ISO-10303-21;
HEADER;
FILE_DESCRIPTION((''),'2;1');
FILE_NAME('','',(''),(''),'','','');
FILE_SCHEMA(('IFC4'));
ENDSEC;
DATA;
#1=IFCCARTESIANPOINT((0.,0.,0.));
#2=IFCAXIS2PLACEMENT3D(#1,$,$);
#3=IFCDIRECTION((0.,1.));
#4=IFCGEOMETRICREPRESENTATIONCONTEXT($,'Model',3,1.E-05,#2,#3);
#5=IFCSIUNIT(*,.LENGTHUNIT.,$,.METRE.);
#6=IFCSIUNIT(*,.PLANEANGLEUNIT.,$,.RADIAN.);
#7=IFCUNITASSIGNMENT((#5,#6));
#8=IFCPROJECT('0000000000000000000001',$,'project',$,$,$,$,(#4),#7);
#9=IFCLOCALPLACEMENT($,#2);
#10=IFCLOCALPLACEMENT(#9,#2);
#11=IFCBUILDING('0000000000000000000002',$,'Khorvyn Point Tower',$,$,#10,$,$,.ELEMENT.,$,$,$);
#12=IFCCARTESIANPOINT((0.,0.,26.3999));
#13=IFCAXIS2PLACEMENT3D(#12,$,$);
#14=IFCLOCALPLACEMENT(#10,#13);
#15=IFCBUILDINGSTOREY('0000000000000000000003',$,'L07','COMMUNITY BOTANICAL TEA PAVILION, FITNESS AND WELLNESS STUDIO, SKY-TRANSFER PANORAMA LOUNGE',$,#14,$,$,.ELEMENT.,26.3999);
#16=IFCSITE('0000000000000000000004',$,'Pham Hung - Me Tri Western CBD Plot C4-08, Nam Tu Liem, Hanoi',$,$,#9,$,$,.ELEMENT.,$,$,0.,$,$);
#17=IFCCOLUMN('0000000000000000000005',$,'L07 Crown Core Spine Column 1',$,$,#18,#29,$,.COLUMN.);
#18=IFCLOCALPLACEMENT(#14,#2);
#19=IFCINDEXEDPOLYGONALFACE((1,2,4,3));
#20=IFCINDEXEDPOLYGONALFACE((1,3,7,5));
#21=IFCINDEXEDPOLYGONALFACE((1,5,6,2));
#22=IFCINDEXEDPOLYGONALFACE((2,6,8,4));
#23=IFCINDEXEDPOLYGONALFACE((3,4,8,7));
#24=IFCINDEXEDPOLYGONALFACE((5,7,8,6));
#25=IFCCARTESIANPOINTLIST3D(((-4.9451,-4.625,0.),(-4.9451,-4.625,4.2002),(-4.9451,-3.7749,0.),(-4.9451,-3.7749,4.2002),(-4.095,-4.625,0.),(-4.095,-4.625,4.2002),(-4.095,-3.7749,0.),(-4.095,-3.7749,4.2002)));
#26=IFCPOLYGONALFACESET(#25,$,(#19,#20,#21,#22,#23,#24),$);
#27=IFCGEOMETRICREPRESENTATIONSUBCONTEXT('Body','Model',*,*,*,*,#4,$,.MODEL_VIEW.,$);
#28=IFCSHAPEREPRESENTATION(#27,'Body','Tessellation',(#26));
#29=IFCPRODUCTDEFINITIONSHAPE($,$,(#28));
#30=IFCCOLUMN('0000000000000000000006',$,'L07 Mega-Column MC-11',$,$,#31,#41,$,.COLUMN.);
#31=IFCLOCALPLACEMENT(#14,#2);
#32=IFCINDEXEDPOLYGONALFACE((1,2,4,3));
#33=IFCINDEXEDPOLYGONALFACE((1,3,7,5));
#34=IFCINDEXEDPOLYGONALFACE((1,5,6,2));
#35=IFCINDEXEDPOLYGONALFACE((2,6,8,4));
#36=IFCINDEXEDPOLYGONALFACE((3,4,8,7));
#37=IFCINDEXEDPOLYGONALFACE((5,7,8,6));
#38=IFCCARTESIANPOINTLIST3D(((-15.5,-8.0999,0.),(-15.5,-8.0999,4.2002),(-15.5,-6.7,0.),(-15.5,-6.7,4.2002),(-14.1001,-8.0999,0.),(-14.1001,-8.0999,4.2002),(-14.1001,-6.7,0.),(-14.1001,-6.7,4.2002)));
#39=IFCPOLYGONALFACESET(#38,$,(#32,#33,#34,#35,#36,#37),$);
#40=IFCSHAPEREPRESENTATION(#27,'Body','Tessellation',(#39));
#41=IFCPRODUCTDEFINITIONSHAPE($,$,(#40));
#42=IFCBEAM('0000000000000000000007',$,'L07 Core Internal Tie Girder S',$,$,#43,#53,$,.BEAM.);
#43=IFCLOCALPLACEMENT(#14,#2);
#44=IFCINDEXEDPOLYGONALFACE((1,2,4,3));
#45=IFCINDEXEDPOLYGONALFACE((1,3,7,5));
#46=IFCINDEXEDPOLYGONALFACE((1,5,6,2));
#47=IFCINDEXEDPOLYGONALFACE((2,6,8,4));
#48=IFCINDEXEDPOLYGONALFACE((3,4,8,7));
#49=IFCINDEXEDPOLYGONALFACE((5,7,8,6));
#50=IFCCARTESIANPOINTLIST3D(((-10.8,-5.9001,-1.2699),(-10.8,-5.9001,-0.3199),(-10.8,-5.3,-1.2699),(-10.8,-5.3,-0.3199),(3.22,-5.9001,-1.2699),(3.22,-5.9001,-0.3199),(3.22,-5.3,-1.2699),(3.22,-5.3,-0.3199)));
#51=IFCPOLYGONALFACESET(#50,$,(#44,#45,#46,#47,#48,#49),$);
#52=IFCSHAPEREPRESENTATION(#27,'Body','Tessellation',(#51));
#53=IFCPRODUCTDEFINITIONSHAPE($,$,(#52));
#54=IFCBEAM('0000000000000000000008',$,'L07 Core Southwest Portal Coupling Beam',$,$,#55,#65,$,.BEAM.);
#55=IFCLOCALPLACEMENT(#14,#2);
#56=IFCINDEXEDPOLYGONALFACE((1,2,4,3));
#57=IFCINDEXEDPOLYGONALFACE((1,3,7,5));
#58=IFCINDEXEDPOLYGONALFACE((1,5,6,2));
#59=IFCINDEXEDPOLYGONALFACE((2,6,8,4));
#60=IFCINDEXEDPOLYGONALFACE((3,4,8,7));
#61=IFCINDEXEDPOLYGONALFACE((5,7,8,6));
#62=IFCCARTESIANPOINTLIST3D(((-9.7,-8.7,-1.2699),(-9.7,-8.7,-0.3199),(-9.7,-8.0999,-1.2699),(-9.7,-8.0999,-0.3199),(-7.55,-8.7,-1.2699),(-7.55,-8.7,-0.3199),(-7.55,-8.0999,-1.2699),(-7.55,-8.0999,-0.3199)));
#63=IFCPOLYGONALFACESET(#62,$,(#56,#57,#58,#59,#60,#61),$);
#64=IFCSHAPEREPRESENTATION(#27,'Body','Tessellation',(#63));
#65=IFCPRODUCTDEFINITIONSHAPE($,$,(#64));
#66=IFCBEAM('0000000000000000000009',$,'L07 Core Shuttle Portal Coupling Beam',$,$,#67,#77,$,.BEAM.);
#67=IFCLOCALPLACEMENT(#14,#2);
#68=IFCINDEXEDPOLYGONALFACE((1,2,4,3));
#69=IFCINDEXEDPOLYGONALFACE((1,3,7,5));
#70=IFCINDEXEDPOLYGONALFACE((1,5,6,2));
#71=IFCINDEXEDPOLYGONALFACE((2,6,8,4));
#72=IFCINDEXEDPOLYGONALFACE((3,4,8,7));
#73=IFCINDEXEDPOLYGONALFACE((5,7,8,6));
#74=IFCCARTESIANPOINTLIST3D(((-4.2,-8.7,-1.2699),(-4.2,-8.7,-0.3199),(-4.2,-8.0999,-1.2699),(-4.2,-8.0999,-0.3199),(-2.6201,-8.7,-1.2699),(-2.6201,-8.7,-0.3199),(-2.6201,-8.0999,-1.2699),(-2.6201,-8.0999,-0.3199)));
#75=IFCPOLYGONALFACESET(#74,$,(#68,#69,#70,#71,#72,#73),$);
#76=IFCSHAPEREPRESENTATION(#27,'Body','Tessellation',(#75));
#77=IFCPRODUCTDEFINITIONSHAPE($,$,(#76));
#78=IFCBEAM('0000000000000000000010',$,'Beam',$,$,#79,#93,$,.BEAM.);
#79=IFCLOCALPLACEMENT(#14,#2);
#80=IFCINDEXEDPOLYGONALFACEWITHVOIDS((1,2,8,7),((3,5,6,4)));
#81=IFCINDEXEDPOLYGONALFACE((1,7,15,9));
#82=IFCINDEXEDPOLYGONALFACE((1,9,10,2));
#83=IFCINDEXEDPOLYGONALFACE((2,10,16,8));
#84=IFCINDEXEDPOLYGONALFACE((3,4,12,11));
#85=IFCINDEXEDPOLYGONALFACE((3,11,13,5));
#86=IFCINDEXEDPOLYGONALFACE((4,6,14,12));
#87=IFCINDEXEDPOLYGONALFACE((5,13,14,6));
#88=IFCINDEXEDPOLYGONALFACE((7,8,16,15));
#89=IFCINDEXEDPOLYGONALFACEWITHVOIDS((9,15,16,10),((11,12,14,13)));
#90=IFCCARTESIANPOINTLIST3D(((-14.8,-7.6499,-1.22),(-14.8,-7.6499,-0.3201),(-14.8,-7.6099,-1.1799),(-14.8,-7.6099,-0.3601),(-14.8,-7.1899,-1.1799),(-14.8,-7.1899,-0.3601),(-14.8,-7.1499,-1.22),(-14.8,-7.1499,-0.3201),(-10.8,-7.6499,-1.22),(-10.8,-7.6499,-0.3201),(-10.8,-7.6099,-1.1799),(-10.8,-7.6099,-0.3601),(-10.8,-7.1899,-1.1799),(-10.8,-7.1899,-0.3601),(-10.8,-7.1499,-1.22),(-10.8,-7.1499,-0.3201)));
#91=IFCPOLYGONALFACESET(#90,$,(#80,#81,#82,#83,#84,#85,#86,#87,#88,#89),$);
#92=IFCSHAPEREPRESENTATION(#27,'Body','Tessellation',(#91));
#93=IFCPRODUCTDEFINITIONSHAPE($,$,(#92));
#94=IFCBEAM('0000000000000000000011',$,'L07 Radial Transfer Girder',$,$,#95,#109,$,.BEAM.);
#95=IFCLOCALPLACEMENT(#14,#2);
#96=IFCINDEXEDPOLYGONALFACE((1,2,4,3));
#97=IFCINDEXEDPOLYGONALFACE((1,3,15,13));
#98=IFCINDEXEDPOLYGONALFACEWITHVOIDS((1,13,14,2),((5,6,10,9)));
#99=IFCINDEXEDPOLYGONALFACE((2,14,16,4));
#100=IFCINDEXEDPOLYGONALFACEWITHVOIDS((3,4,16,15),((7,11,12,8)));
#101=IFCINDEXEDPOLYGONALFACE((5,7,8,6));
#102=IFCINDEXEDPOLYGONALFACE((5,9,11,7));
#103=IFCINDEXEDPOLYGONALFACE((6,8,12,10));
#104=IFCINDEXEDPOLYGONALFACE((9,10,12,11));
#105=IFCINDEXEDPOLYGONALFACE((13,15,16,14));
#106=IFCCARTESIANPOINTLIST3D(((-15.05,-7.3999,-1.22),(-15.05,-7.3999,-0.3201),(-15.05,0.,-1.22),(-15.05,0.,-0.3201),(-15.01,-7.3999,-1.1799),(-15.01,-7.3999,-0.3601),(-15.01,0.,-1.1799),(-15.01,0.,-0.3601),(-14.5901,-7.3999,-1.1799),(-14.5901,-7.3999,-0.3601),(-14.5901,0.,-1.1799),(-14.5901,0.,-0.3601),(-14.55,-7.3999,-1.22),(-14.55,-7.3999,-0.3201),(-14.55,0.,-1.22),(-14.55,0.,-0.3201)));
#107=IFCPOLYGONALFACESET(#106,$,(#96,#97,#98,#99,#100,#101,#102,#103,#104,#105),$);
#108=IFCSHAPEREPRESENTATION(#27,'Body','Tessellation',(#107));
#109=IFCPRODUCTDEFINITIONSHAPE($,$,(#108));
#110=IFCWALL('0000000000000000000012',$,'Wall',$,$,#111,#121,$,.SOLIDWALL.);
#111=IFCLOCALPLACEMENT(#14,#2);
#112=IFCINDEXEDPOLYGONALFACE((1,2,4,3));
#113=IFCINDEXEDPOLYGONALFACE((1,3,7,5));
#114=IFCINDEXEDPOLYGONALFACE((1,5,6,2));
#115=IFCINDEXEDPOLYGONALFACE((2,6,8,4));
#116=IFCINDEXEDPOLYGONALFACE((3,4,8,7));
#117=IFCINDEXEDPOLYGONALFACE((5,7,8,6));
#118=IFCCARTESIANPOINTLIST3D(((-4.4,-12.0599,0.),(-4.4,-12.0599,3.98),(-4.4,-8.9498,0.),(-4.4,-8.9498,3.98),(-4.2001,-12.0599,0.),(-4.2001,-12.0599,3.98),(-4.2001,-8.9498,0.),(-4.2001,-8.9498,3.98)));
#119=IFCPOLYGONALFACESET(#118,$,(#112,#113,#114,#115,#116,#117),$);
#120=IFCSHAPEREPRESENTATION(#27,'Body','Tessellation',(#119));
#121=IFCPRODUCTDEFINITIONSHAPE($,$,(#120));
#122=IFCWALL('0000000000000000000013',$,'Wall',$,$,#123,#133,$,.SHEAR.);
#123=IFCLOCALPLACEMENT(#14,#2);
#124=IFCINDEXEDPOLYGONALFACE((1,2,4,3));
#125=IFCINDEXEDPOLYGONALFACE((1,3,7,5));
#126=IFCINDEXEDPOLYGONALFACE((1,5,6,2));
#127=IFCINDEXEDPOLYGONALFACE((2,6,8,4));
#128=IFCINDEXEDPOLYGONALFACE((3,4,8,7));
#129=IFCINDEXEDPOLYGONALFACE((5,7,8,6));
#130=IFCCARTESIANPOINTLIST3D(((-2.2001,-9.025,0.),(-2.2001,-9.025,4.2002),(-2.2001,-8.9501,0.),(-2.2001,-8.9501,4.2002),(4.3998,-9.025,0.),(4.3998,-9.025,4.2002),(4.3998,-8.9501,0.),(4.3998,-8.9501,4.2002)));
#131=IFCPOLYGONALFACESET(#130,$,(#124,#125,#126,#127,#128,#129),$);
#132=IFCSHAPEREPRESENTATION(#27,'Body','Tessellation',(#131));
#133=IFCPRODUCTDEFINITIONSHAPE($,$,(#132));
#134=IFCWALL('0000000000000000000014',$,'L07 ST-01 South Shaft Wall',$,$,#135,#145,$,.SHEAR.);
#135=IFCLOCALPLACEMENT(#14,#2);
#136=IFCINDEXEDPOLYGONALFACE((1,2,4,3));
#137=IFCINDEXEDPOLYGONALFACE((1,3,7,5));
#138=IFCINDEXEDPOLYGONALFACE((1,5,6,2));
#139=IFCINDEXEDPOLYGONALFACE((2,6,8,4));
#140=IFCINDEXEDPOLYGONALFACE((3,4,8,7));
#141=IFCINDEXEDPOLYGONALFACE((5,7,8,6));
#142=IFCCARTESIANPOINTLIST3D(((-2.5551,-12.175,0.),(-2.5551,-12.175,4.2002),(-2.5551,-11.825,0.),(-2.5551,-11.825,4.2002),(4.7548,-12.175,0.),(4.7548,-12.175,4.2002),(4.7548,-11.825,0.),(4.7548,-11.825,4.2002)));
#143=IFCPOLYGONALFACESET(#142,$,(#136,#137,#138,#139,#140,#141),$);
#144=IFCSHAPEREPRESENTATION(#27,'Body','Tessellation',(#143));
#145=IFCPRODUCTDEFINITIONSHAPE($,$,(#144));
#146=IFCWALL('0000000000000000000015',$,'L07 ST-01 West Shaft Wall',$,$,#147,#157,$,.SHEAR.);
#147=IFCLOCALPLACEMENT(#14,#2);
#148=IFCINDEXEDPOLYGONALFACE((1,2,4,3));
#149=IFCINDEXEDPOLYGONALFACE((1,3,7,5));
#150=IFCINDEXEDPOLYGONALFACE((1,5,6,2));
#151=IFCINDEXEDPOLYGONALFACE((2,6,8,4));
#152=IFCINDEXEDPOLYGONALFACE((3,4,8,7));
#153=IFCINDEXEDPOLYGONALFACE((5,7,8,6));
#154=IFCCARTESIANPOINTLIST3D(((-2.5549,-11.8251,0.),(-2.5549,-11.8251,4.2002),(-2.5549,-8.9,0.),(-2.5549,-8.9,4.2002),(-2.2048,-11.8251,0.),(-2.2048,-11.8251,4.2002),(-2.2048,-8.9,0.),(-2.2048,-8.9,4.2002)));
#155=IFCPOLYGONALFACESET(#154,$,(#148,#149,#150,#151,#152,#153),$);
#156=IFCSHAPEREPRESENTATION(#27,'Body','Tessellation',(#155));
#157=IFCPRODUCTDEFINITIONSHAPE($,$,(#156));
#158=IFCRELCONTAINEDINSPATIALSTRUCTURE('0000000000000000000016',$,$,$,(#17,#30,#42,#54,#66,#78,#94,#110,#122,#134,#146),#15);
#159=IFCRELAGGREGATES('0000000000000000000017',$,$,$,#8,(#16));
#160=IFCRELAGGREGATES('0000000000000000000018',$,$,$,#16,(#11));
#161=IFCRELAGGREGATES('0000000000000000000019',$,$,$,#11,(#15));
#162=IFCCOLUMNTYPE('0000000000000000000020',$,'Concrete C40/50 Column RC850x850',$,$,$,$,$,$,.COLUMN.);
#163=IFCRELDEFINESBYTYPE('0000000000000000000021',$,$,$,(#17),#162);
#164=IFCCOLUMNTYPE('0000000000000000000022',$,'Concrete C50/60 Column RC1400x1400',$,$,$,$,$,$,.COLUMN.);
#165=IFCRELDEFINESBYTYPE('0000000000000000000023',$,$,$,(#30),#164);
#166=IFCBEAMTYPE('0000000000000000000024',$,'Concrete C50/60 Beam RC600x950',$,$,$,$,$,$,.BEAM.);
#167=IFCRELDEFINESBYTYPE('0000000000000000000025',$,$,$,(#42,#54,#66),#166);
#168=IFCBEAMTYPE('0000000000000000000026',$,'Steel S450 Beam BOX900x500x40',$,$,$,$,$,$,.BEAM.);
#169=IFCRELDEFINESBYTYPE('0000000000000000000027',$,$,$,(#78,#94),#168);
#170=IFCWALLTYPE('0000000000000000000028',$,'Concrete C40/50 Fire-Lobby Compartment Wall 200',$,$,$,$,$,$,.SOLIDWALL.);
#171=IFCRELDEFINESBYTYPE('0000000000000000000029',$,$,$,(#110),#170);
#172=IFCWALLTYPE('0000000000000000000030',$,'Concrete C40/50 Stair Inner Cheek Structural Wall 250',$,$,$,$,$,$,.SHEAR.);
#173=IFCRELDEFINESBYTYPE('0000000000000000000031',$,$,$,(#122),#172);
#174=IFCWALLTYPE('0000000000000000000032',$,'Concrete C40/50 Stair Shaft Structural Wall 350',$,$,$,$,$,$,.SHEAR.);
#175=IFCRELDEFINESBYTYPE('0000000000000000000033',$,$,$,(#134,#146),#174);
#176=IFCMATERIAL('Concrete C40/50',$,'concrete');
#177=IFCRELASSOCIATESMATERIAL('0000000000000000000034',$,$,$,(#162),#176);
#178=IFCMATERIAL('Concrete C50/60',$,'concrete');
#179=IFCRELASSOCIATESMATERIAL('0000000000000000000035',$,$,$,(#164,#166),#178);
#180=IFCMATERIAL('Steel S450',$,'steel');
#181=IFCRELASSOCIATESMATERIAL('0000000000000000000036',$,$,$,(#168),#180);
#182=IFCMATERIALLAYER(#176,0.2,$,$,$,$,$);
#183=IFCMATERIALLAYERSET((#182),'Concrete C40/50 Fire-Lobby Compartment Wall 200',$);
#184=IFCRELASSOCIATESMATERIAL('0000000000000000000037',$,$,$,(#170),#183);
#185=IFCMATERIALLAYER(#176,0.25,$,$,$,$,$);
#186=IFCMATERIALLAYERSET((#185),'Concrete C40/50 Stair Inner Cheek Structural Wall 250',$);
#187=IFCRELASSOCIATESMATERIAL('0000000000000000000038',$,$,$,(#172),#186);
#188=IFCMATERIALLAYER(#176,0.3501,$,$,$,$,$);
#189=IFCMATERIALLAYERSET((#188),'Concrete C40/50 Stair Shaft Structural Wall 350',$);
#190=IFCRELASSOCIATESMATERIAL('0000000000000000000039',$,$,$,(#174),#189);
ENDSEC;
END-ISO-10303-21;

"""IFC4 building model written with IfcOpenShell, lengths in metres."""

from ifc_helpers import new_model, si_unit, direction, frame, frame_2d, origin, origin_2d, place, context, subcontext, project, spatial, rectangle, hollow_rectangle, extrude, material, layer, layer_set, material_profile, profile_set, type_object, element, save


model = new_model("IFC4")

# Units and contexts
model_context = context("Model", 3, precision=1e-05, world=origin(), true_north=direction((0.0, 1.0)))
body_context = subcontext(model_context, "Body", "Model", "MODEL_VIEW")
ifc_project = project(units=[si_unit("LENGTHUNIT", "METRE"), si_unit("PLANEANGLEUNIT", "RADIAN")], contexts=[model_context])

# Site, building, storey
site_placement = place(None, origin())
site = spatial("IfcSite", under=ifc_project, at=site_placement, Name="Pham Hung - Me Tri Western CBD Plot C4-08, Nam Tu Liem, Hanoi", CompositionType="ELEMENT", RefElevation=0.0)
building_placement = place(site_placement, origin())
building = spatial("IfcBuilding", under=site, at=building_placement, Name="Khorvyn Point Tower", CompositionType="ELEMENT")
storey_placement = place(building_placement, frame((0.0, 0.0, 26.3999)))
storey = spatial("IfcBuildingStorey", under=building, at=storey_placement, Name="L07", Description="COMMUNITY BOTANICAL TEA PAVILION, FITNESS AND WELLNESS STUDIO, SKY-TRANSFER PANORAMA LOUNGE", CompositionType="ELEMENT", Elevation=26.3999)

# Columns
ifc_material_1 = material(Name="Concrete C40/50", Category="concrete")
ifc_material_profile_1 = material_profile(ifc_material_1, rectangle(XDim=0.8501, YDim=0.8501, at=origin_2d()))
ifc_profile_set_1 = profile_set([ifc_material_profile_1], Name="Concrete C40/50 RC850x850")
column_type_1 = type_object("IfcColumnType", Name="Concrete C40/50 Column RC850x850", PredefinedType="COLUMN", material=ifc_profile_set_1)
column_1_placement = place(storey_placement, frame((-4.52, -4.2, 0.0), z_axis=(0.0, 0.0, 1.0), x_axis=(1.0, 0.0, 0.0)))
element("IfcColumn", 1, at=column_1_placement, inside=storey, type_object=column_type_1, Name="L07 Crown Core Spine Column 1", PredefinedType="COLUMN", context=body_context, shape_type="SweptSolid", body=[
    extrude(rectangle(XDim=0.8501, YDim=0.8501, at=origin_2d()), origin(), (0.0, 0.0, 1.0), 4.2002),
])
ifc_material_2 = material(Name="Concrete C50/60", Category="concrete")
ifc_material_profile_2 = material_profile(ifc_material_2, rectangle(XDim=1.3999, YDim=1.3999, at=origin_2d()))
ifc_profile_set_2 = profile_set([ifc_material_profile_2], Name="Concrete C50/60 RC1400x1400")
column_type_2 = type_object("IfcColumnType", Name="Concrete C50/60 Column RC1400x1400", PredefinedType="COLUMN", material=ifc_profile_set_2)
column_2_placement = place(storey_placement, frame((-14.8, -7.3999, 0.0), z_axis=(0.0, 0.0, 1.0), x_axis=(1.0, 0.0, 0.0)))
element("IfcColumn", 2, at=column_2_placement, inside=storey, type_object=column_type_2, Name="L07 Mega-Column MC-11", PredefinedType="COLUMN", context=body_context, shape_type="SweptSolid", body=[
    extrude(rectangle(XDim=1.3999, YDim=1.3999, at=origin_2d()), origin(), (0.0, 0.0, 1.0), 4.2002),
])

# Beams
ifc_material_profile_3 = material_profile(ifc_material_2, rectangle(XDim=0.6001, YDim=0.95, at=origin_2d()))
ifc_profile_set_3 = profile_set([ifc_material_profile_3], Name="Concrete C50/60 RC600x950")
beam_type_1 = type_object("IfcBeamType", Name="Concrete C50/60 Beam RC600x950", PredefinedType="BEAM", material=ifc_profile_set_3)
beam_1_placement = place(storey_placement, frame((-10.8, -5.6001, -0.7949), z_axis=(1.0, 0.0, 0.0), x_axis=(0.0, 1.0, 0.0)))
element("IfcBeam", 3, at=beam_1_placement, inside=storey, type_object=beam_type_1, Name="L07 Core Internal Tie Girder S", PredefinedType="BEAM", context=body_context, shape_type="SweptSolid", body=[
    extrude(rectangle(XDim=0.6001, YDim=0.95, at=origin_2d()), origin(), (0.0, 0.0, 1.0), 14.02),
])
beam_2_placement = place(storey_placement, frame((-9.7, -8.3999, -0.7949), z_axis=(1.0, 0.0, 0.0), x_axis=(0.0, 1.0, 0.0)))
element("IfcBeam", 4, at=beam_2_placement, inside=storey, type_object=beam_type_1, Name="L07 Core Southwest Portal Coupling Beam", PredefinedType="BEAM", context=body_context, shape_type="SweptSolid", body=[
    extrude(rectangle(XDim=0.6001, YDim=0.95, at=origin_2d()), origin(), (0.0, 0.0, 1.0), 2.1499),
])
beam_3_placement = place(storey_placement, frame((-4.2, -8.3999, -0.7949), z_axis=(1.0, 0.0, 0.0), x_axis=(0.0, 1.0, 0.0)))
element("IfcBeam", 5, at=beam_3_placement, inside=storey, type_object=beam_type_1, Name="L07 Core Shuttle Portal Coupling Beam", PredefinedType="BEAM", context=body_context, shape_type="SweptSolid", body=[
    extrude(rectangle(XDim=0.6001, YDim=0.95, at=origin_2d()), origin(), (0.0, 0.0, 1.0), 1.5798),
])
ifc_material_3 = material(Name="Steel S450", Category="steel")
ifc_material_profile_4 = material_profile(ifc_material_3, hollow_rectangle(XDim=0.5, YDim=0.8999, WallThickness=0.04, at=origin_2d()))
ifc_profile_set_4 = profile_set([ifc_material_profile_4], Name="Steel S450 BOX900x500x40")
beam_type_2 = type_object("IfcBeamType", Name="Steel S450 Beam BOX900x500x40", PredefinedType="BEAM", material=ifc_profile_set_4)
beam_4_placement = place(storey_placement, frame((-14.8, -7.3999, -0.77), z_axis=(1.0, 0.0, 0.0), x_axis=(0.0, 1.0, 0.0)))
element("IfcBeam", 6, at=beam_4_placement, inside=storey, type_object=beam_type_2, Name="Beam", PredefinedType="BEAM", context=body_context, shape_type="SweptSolid", body=[
    extrude(hollow_rectangle(XDim=0.5, YDim=0.8999, WallThickness=0.04, at=origin_2d()), origin(), (0.0, 0.0, 1.0), 4.0),
])
beam_5_placement = place(storey_placement, frame((-14.8, -7.3999, -0.77), z_axis=(0.0, 1.0, 0.0), x_axis=(-1.0, 0.0, 0.0)))
element("IfcBeam", 7, at=beam_5_placement, inside=storey, type_object=beam_type_2, Name="L07 Radial Transfer Girder", PredefinedType="BEAM", context=body_context, shape_type="SweptSolid", body=[
    extrude(hollow_rectangle(XDim=0.5, YDim=0.8999, WallThickness=0.04, at=origin_2d()), origin(), (0.0, 0.0, 1.0), 7.3999),
])

# Shared definitions
ifc_layer_1 = layer(ifc_material_1, 0.2)
ifc_layer_set_1 = layer_set([ifc_layer_1], Name="Concrete C40/50 Fire-Lobby Compartment Wall 200")
wall_type_1 = type_object("IfcWallType", Name="Concrete C40/50 Fire-Lobby Compartment Wall 200", PredefinedType="SOLIDWALL", material=ifc_layer_set_1)

# Walls
wall_1_placement = place(storey_placement, frame((-4.3, -12.0601, 0.0), z_axis=(0.0, 0.0, 1.0), x_axis=(0.0, 1.0, 0.0)))
element("IfcWall", 8, at=wall_1_placement, inside=storey, type_object=wall_type_1, Name="Wall", PredefinedType="SOLIDWALL", context=body_context, shape_type="SweptSolid", body=[
    extrude(rectangle(XDim=3.1101, YDim=0.2, at=frame_2d((1.5552, 0.0))), origin(), (0.0, 0.0, 1.0), 3.98),
])
ifc_layer_2 = layer(ifc_material_1, 0.25)
ifc_layer_set_2 = layer_set([ifc_layer_2], Name="Concrete C40/50 Stair Inner Cheek Structural Wall 250")
wall_type_2 = type_object("IfcWallType", Name="Concrete C40/50 Stair Inner Cheek Structural Wall 250", PredefinedType="SHEAR", material=ifc_layer_set_2)
wall_2_placement = place(storey_placement, frame((-2.2, -8.9875, 0.0), z_axis=(0.0, 0.0, 1.0), x_axis=(1.0, 0.0, 0.0)))
element("IfcWall", 9, at=wall_2_placement, inside=storey, type_object=wall_type_2, Name="Wall", PredefinedType="SHEAR", context=body_context, shape_type="SweptSolid", body=[
    extrude(rectangle(XDim=6.5999, YDim=0.075, at=frame_2d((3.2998, 0.0))), origin(), (0.0, 0.0, 1.0), 4.2002),
])
ifc_layer_3 = layer(ifc_material_1, 0.3501)
ifc_layer_set_3 = layer_set([ifc_layer_3], Name="Concrete C40/50 Stair Shaft Structural Wall 350")
wall_type_3 = type_object("IfcWallType", Name="Concrete C40/50 Stair Shaft Structural Wall 350", PredefinedType="SHEAR", material=ifc_layer_set_3)
wall_3_placement = place(storey_placement, frame((-2.5549, -12.0, 0.0), z_axis=(0.0, 0.0, 1.0), x_axis=(1.0, 0.0, 0.0)))
element("IfcWall", 10, at=wall_3_placement, inside=storey, type_object=wall_type_3, Name="L07 ST-01 South Shaft Wall", PredefinedType="SHEAR", context=body_context, shape_type="SweptSolid", body=[
    extrude(rectangle(XDim=7.3098, YDim=0.3501, at=frame_2d((3.6548, 0.0))), origin(), (0.0, 0.0, 1.0), 4.2002),
])
wall_4_placement = place(storey_placement, frame((-2.3799, -11.825, 0.0), z_axis=(0.0, 0.0, 1.0), x_axis=(0.0, 1.0, 0.0)))
element("IfcWall", 11, at=wall_4_placement, inside=storey, type_object=wall_type_3, Name="L07 ST-01 West Shaft Wall", PredefinedType="SHEAR", context=body_context, shape_type="SweptSolid", body=[
    extrude(rectangle(XDim=2.925, YDim=0.3501, at=frame_2d((1.4624, 0.0))), origin(), (0.0, 0.0, 1.0), 4.2002),
])

save(model, "model.ifc")
